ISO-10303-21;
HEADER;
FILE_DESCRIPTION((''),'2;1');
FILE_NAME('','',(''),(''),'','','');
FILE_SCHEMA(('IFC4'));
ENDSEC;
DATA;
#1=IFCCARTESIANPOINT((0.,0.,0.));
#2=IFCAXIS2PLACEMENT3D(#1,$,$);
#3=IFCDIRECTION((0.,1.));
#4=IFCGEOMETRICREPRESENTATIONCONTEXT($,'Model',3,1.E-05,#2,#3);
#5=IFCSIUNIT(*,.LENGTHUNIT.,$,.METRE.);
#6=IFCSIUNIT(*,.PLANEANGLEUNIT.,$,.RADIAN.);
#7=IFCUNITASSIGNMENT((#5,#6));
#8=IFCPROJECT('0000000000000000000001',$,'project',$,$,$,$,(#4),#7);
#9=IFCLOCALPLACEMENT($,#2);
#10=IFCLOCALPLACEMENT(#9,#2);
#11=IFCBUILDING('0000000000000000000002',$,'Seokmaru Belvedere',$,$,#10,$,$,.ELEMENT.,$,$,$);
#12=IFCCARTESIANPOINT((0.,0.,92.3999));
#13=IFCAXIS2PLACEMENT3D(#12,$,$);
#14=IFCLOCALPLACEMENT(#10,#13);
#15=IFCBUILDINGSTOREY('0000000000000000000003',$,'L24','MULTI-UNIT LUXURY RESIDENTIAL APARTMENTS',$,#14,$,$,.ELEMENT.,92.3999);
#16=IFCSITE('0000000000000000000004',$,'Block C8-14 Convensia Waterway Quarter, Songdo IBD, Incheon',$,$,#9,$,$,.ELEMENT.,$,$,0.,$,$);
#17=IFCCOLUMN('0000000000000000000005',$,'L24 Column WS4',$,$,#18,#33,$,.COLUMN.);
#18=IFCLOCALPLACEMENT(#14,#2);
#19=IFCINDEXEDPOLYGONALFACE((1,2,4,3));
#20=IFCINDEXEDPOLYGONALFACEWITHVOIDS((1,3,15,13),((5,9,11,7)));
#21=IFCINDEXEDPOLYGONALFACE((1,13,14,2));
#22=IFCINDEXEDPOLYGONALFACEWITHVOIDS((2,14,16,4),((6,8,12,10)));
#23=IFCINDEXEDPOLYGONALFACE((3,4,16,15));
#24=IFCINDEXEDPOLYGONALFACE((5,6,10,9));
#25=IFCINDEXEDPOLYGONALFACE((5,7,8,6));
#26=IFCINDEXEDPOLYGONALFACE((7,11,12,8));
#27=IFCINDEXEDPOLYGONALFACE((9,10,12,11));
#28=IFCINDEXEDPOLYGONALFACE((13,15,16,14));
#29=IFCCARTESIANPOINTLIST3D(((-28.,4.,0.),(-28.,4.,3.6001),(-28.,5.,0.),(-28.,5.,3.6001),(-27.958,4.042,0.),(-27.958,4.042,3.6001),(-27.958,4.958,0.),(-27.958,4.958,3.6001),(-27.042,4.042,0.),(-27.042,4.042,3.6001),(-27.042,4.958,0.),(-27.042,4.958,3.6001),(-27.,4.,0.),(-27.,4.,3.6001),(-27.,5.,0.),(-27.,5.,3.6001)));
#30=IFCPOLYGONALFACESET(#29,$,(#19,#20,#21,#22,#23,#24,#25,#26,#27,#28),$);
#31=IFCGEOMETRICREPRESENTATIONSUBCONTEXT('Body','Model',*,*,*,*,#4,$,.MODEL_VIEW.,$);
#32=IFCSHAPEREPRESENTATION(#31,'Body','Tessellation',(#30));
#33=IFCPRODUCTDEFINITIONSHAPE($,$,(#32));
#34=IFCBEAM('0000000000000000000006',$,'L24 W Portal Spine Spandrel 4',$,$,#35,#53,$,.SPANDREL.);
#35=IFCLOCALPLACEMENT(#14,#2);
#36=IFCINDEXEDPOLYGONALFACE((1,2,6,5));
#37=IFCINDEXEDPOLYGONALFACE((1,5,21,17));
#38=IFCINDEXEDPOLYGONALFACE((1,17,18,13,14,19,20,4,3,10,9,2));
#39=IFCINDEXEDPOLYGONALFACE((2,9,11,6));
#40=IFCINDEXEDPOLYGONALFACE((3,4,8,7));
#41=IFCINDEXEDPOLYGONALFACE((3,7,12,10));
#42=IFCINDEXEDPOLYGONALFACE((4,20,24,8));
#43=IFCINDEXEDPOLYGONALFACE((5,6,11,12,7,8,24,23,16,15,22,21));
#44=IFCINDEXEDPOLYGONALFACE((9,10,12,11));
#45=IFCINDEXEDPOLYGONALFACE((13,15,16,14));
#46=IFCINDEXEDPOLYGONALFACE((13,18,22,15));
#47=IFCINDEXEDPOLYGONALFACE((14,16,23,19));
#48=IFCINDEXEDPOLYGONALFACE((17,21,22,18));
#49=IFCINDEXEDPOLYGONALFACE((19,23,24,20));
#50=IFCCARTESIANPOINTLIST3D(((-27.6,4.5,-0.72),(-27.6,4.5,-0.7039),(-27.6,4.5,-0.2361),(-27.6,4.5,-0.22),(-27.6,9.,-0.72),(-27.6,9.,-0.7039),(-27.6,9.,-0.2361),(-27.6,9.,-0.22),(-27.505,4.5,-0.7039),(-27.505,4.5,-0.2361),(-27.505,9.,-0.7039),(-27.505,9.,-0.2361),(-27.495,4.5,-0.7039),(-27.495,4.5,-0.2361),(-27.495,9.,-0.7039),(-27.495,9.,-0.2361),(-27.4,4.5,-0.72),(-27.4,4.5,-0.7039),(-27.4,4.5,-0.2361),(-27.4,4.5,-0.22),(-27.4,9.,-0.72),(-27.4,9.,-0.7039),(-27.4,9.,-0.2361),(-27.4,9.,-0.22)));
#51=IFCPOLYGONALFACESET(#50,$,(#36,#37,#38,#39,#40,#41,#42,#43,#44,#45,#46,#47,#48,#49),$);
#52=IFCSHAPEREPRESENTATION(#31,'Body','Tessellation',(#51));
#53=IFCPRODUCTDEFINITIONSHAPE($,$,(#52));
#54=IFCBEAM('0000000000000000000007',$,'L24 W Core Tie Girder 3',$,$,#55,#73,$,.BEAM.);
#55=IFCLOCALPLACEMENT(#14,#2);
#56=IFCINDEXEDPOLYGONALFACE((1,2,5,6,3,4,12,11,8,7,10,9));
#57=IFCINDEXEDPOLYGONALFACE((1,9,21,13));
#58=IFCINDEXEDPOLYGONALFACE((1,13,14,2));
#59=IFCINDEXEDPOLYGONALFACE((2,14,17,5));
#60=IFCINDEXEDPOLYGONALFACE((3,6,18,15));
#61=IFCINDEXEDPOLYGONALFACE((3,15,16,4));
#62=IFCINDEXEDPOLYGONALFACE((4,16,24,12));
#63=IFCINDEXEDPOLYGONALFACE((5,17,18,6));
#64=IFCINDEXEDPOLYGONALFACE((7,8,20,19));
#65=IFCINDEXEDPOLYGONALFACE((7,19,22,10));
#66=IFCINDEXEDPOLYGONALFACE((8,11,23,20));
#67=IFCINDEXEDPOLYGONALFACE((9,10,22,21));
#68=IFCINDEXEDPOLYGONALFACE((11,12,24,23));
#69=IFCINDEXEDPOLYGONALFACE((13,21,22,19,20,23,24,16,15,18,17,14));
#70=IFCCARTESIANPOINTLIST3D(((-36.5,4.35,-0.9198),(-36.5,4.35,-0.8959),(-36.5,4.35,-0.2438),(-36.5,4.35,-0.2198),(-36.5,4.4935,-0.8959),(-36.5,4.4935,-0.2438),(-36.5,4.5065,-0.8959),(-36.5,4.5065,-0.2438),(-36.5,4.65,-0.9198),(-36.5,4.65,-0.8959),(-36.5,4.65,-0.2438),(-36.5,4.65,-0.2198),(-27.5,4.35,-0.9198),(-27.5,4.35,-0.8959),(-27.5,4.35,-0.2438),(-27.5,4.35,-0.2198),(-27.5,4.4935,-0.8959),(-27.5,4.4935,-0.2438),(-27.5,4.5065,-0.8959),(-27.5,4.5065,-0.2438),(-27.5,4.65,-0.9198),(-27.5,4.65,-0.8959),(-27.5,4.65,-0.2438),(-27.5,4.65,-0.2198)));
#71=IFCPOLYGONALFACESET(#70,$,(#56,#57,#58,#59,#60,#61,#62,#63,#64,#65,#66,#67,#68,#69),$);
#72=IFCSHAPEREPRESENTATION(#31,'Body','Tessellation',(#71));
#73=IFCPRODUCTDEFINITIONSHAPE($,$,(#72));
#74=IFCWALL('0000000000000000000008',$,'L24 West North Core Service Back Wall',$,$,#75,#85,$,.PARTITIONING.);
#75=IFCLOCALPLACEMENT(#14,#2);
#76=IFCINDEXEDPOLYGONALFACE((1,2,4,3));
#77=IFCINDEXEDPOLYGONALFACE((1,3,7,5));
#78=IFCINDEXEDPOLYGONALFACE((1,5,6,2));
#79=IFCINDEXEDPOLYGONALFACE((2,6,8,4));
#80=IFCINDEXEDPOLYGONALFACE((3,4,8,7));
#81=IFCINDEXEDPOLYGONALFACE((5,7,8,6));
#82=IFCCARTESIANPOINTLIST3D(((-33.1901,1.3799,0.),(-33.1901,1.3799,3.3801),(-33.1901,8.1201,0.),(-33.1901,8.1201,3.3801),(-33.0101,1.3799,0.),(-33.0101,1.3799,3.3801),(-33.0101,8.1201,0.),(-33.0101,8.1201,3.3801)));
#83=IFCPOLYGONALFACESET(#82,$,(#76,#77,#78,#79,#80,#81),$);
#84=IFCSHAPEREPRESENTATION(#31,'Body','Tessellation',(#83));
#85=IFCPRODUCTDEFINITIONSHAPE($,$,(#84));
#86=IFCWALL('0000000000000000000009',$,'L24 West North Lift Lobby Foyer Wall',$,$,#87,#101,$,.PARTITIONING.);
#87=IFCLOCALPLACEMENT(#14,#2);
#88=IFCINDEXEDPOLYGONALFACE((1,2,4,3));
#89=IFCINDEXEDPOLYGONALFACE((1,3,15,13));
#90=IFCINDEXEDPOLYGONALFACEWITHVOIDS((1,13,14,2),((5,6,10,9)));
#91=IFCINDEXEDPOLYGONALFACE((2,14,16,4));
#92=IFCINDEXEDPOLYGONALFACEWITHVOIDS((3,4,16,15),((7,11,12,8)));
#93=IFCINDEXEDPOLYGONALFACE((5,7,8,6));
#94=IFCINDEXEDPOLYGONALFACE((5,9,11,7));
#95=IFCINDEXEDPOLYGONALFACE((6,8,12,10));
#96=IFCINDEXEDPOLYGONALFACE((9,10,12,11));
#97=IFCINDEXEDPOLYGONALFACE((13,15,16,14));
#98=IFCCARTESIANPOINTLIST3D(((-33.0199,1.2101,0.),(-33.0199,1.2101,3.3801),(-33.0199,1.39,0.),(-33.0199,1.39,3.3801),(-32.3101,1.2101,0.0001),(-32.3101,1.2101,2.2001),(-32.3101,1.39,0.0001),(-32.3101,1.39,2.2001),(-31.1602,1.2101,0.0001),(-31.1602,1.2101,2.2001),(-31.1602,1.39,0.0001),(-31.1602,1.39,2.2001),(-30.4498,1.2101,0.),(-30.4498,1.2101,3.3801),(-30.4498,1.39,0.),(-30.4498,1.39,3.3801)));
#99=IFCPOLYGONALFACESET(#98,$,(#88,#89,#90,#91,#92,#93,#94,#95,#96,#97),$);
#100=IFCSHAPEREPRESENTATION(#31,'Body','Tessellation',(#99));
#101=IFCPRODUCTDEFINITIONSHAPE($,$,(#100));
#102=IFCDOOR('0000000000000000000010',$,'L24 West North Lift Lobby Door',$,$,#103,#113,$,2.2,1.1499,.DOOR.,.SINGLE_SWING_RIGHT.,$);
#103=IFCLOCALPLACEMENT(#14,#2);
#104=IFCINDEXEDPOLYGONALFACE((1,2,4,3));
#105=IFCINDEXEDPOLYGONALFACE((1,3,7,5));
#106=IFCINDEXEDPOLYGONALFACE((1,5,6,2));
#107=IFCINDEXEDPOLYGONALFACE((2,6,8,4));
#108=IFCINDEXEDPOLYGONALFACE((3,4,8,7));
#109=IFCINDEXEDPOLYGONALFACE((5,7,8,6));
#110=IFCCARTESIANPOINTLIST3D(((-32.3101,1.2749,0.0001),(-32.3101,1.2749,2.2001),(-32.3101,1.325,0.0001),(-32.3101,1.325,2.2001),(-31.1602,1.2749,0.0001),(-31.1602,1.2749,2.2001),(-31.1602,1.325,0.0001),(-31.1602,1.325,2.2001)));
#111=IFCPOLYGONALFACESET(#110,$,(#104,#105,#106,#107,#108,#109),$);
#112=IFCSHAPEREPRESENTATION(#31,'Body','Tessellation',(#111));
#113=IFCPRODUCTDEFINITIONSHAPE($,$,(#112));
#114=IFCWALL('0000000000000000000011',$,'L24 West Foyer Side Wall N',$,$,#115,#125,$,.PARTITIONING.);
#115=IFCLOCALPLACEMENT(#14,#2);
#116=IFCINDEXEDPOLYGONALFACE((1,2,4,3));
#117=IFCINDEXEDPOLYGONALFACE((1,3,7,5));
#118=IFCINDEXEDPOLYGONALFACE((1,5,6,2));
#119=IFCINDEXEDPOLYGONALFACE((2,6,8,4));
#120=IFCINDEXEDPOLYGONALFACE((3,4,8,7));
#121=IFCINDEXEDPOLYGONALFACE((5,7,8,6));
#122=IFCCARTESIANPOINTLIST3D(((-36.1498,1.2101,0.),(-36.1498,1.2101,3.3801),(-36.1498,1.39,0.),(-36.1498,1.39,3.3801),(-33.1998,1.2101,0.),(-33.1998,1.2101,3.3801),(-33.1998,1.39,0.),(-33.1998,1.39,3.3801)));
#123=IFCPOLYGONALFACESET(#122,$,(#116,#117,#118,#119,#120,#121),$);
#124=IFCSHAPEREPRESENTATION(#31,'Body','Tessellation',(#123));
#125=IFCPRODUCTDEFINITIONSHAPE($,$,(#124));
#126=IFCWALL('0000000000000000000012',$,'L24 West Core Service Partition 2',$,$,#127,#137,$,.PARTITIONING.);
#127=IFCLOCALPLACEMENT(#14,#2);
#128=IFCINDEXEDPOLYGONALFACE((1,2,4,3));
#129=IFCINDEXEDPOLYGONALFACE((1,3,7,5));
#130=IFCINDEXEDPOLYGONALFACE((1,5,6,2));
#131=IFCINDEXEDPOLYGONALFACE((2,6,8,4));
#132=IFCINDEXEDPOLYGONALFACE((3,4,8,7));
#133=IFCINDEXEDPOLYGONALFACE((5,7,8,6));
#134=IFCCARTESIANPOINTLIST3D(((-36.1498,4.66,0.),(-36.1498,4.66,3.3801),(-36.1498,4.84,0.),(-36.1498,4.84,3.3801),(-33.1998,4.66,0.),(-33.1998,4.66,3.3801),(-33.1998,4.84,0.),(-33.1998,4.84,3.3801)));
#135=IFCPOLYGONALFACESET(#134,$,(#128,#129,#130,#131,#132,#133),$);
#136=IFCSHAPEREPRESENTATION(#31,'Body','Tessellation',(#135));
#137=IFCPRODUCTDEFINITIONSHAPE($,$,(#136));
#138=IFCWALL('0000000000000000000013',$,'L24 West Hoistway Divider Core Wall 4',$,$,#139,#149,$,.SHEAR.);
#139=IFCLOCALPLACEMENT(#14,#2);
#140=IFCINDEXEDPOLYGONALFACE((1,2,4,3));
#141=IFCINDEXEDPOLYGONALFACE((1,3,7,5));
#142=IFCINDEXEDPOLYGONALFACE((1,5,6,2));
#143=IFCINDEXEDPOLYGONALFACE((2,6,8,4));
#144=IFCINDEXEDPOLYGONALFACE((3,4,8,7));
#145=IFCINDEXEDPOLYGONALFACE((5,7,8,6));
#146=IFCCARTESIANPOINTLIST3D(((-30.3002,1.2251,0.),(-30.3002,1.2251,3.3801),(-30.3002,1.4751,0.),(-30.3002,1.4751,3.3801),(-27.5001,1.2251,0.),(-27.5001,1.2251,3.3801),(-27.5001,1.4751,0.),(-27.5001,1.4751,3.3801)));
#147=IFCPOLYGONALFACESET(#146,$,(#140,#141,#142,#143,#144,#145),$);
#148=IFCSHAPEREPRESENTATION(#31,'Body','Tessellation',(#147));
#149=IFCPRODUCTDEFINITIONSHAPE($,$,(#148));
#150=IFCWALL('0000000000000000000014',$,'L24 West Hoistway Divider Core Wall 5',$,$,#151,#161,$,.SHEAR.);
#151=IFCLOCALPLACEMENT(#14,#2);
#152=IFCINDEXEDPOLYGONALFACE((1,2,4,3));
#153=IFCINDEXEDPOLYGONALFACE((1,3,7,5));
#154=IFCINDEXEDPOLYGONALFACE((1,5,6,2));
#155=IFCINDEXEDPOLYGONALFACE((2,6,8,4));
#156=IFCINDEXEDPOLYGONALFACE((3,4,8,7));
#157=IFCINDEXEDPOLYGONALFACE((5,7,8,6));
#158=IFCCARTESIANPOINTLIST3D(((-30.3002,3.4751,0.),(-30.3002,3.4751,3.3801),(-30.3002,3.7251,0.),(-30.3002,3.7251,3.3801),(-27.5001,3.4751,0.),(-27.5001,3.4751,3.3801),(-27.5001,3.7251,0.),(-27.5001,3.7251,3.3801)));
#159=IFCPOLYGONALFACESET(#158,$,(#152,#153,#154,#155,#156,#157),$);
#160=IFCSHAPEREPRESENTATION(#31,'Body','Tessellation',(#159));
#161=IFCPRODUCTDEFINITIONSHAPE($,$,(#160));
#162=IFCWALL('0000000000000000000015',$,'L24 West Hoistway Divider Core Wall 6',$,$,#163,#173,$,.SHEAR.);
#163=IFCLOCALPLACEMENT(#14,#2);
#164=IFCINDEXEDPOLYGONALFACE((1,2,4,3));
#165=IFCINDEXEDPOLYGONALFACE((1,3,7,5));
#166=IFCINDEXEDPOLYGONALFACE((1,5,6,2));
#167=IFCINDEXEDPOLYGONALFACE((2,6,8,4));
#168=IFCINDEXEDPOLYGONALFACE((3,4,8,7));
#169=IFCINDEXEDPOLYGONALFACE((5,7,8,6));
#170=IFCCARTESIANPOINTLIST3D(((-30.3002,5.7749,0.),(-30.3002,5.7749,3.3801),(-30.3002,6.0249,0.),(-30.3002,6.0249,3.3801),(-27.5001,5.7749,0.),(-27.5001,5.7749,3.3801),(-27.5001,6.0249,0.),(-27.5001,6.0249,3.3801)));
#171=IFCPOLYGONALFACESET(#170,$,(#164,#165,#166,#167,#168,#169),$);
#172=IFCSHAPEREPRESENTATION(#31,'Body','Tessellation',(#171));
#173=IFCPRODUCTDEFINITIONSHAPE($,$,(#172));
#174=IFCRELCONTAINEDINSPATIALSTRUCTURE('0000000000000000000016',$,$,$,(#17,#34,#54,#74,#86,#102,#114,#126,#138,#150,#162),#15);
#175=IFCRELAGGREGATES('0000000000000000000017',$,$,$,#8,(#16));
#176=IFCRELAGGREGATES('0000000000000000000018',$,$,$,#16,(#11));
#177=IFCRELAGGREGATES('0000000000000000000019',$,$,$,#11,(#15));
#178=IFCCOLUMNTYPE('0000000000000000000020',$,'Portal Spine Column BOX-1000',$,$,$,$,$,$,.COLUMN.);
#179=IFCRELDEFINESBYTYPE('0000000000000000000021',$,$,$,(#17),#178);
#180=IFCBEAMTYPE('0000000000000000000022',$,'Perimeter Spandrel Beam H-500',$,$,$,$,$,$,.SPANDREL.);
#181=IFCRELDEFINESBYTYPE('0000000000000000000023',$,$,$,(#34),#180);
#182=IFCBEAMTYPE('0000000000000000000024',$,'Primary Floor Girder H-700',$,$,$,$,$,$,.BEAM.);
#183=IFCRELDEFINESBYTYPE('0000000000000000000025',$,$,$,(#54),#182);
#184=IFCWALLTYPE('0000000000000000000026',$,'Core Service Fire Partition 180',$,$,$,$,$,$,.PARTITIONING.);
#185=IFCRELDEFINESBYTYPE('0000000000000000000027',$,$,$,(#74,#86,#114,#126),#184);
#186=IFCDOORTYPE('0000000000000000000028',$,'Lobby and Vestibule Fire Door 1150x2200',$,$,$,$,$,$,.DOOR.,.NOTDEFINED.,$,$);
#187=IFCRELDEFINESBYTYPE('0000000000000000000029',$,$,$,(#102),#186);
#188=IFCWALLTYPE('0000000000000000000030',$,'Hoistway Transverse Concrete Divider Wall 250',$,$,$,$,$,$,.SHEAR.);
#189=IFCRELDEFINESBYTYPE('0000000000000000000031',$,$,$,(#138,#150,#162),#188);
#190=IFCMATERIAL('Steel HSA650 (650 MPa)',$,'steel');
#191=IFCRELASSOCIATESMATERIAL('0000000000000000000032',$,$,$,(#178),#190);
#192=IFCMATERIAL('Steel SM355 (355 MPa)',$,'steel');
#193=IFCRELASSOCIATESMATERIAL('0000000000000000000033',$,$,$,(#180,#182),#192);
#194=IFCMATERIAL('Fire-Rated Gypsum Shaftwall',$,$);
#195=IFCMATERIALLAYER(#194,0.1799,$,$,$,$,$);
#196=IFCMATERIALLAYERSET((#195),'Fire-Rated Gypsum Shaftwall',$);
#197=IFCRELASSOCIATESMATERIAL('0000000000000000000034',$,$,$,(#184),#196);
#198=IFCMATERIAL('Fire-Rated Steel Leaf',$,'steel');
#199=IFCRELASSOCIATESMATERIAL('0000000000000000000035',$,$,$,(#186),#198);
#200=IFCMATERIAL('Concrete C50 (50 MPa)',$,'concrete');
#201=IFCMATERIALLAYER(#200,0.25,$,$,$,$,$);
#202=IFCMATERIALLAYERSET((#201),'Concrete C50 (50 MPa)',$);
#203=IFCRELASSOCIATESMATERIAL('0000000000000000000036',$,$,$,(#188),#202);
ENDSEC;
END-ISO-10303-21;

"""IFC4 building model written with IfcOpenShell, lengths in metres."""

from ifc_helpers import new_model, si_unit, direction, frame, frame_2d, origin, origin_2d, place, context, subcontext, project, spatial, rectangle, hollow_rectangle, i_section, extrude, source, transform, mapped, material, layer, layer_set, material_profile, profile_set, type_object, type_shapes, element, fill, save


model = new_model("IFC4")

# Units and contexts
model_context = context("Model", 3, precision=1e-05, world=origin(), true_north=direction((0.0, 1.0)))
body_context = subcontext(model_context, "Body", "Model", "MODEL_VIEW")
ifc_project = project(units=[si_unit("LENGTHUNIT", "METRE"), si_unit("PLANEANGLEUNIT", "RADIAN")], contexts=[model_context])

# Site, building, storey
site_placement = place(None, origin())
site = spatial("IfcSite", under=ifc_project, at=site_placement, Name="Block C8-14 Convensia Waterway Quarter, Songdo IBD, Incheon", CompositionType="ELEMENT", RefElevation=0.0)
building_placement = place(site_placement, origin())
building = spatial("IfcBuilding", under=site, at=building_placement, Name="Seokmaru Belvedere", CompositionType="ELEMENT")
storey_placement = place(building_placement, frame((0.0, 0.0, 92.3999)))
storey = spatial("IfcBuildingStorey", under=building, at=storey_placement, Name="L24", Description="MULTI-UNIT LUXURY RESIDENTIAL APARTMENTS", CompositionType="ELEMENT", Elevation=92.3999)

# Column
ifc_material_1 = material(Name="Steel HSA650 (650 MPa)", Category="steel")
ifc_material_profile_1 = material_profile(ifc_material_1, hollow_rectangle(XDim=1.0, YDim=1.0, WallThickness=0.042, at=origin_2d()), Name="BOX-1000x1000x42")
ifc_profile_set_1 = profile_set([ifc_material_profile_1], Name="Steel HSA650 (650 MPa)")
column_type = type_object("IfcColumnType", Name="Portal Spine Column BOX-1000", PredefinedType="COLUMN", material=ifc_profile_set_1)
shared_shape_1 = source(origin(), body_context, "Body", "SweptSolid", [
    extrude(hollow_rectangle(XDim=1.0, YDim=1.0, WallThickness=0.042, at=origin_2d()), origin(), (0.0, 0.0, 1.0), 3.6001),
])
type_shapes(column_type, [shared_shape_1])
column_placement = place(storey_placement, frame((-27.5, 4.5, 0.0), z_axis=(0.0, 0.0, 1.0), x_axis=(1.0, 0.0, 0.0)))
element("IfcColumn", 1, at=column_placement, inside=storey, type_object=column_type, Name="L24 Column WS4", PredefinedType="COLUMN", context=body_context, shape_type="MappedRepresentation", body=[
    mapped(shared_shape_1, transform((0.0, 0.0, 0.0), scale=1.0)),
])

# Beams
ifc_material_2 = material(Name="Steel SM355 (355 MPa)", Category="steel")
ifc_material_profile_2 = material_profile(ifc_material_2, i_section(OverallWidth=0.2, OverallDepth=0.5, WebThickness=0.01, FlangeThickness=0.0161, at=origin_2d()), Name="H-500x200x10x16")
ifc_profile_set_2 = profile_set([ifc_material_profile_2], Name="Steel SM355 (355 MPa)")
beam_type_1 = type_object("IfcBeamType", Name="Perimeter Spandrel Beam H-500", PredefinedType="SPANDREL", material=ifc_profile_set_2)
shared_shape_2 = source(origin(), body_context, "Body", "SweptSolid", [
    extrude(i_section(OverallWidth=0.2, OverallDepth=0.5, WebThickness=0.01, FlangeThickness=0.0161, at=origin_2d()), origin(), (0.0, 0.0, 1.0), 4.5),
])
type_shapes(beam_type_1, [shared_shape_2])
beam_1_placement = place(storey_placement, frame((-27.5, 4.5, -0.47), z_axis=(0.0, 1.0, 0.0), x_axis=(-1.0, 0.0, 0.0)))
element("IfcBeam", 2, at=beam_1_placement, inside=storey, type_object=beam_type_1, Name="L24 W Portal Spine Spandrel 4", PredefinedType="SPANDREL", context=body_context, shape_type="MappedRepresentation", body=[
    mapped(shared_shape_2, transform((0.0, 0.0, 0.0), scale=1.0)),
])
ifc_material_profile_3 = material_profile(ifc_material_2, i_section(OverallWidth=0.3, OverallDepth=0.7, WebThickness=0.0129, FlangeThickness=0.0239, at=origin_2d()), Name="H-700x300x13x24")
ifc_profile_set_3 = profile_set([ifc_material_profile_3], Name="Steel SM355 (355 MPa)")
beam_type_2 = type_object("IfcBeamType", Name="Primary Floor Girder H-700", PredefinedType="BEAM", material=ifc_profile_set_3)
shared_shape_3 = source(origin(), body_context, "Body", "SweptSolid", [
    extrude(i_section(OverallWidth=0.3, OverallDepth=0.7, WebThickness=0.0129, FlangeThickness=0.0239, at=origin_2d()), origin(), (0.0, 0.0, 1.0), 9.0),
])
type_shapes(beam_type_2, [shared_shape_3])
beam_2_placement = place(storey_placement, frame((-36.5, 4.5, -0.5698), z_axis=(1.0, 0.0, 0.0), x_axis=(0.0, 1.0, 0.0)))
element("IfcBeam", 3, at=beam_2_placement, inside=storey, type_object=beam_type_2, Name="L24 W Core Tie Girder 3", PredefinedType="BEAM", context=body_context, shape_type="MappedRepresentation", body=[
    mapped(shared_shape_3, transform((0.0, 0.0, 0.0), scale=1.0)),
])

# Wall
ifc_material_3 = material(Name="Fire-Rated Gypsum Shaftwall")
ifc_layer_1 = layer(ifc_material_3, 0.1799)
ifc_layer_set_1 = layer_set([ifc_layer_1], Name="Fire-Rated Gypsum Shaftwall")
wall_type_1 = type_object("IfcWallType", Name="Core Service Fire Partition 180", PredefinedType="PARTITIONING", material=ifc_layer_set_1)
wall_1_placement = place(storey_placement, frame((-33.1001, 1.3799, 0.0), z_axis=(0.0, 0.0, 1.0), x_axis=(0.0, 1.0, 0.0)))
element("IfcWall", 4, at=wall_1_placement, inside=storey, type_object=wall_type_1, Name="L24 West North Core Service Back Wall", PredefinedType="PARTITIONING", context=body_context, shape_type="SweptSolid", body=[
    extrude(rectangle(XDim=6.7402, YDim=0.1799, at=frame_2d((3.3701, 0.0))), origin(), (0.0, 0.0, 1.0), 3.3801),
])

# Wall, opening, door
wall_2_placement = place(storey_placement, frame((-33.02, 1.3, 0.0), z_axis=(0.0, 0.0, 1.0), x_axis=(1.0, 0.0, 0.0)))
wall_2 = element("IfcWall", 5, at=wall_2_placement, inside=storey, type_object=wall_type_1, Name="L24 West North Lift Lobby Foyer Wall", PredefinedType="PARTITIONING", context=body_context, shape_type="SweptSolid", body=[
    extrude(rectangle(XDim=2.5701, YDim=0.1799, at=frame_2d((1.2852, 0.0))), origin(), (0.0, 0.0, 1.0), 3.3801),
])
opening_1_placement = place(wall_2_placement, frame((0.71, 0.0, 0.0)))
opening_1 = element("IfcOpeningElement", 6, at=opening_1_placement, cuts=wall_2, PredefinedType="OPENING", context=body_context, shape_type="SweptSolid", body=[
    extrude(rectangle(XDim=1.1499, YDim=2.2, at=frame_2d((0.575, 1.1001))), frame((0.0, 0.1001, 0.0), z_axis=(0.0, -1.0, 0.0), x_axis=(1.0, 0.0, 0.0)), (0.0, 0.0, 1.0), 0.2),
])
ifc_material_4 = material(Name="Fire-Rated Steel Leaf", Category="steel")
door_type_1 = type_object("IfcDoorType", Name="Lobby and Vestibule Fire Door 1150x2200", OperationType="NOTDEFINED", PredefinedType="DOOR", material=ifc_material_4)
shared_shape_4 = source(origin(), body_context, "Body", "SweptSolid", [
    extrude(rectangle(XDim=1.1499, YDim=2.2, at=frame_2d((0.575, 1.1001))), frame((0.0, 0.0249, 0.0), z_axis=(0.0, -1.0, 0.0), x_axis=(1.0, 0.0, 0.0)), (0.0, 0.0, 1.0), 0.05),
])
type_shapes(door_type_1, [shared_shape_4])
door_1_placement = place(opening_1_placement, origin())
door_1 = element("IfcDoor", 7, at=door_1_placement, inside=storey, type_object=door_type_1, Name="L24 West North Lift Lobby Door", OperationType="SINGLE_SWING_RIGHT", OverallHeight=2.2, OverallWidth=1.1499, PredefinedType="DOOR", context=body_context, shape_type="MappedRepresentation", body=[
    mapped(shared_shape_4, transform((0.0, 0.0, 0.0), scale=1.0)),
])
fill(opening_1, door_1)

# Walls
for number, where, z_axis, x_axis, name in (
    (8, (-36.1499, 1.3, 0.0), (0.0, 0.0, 1.0), (1.0, 0.0, 0.0), "L24 West Foyer Side Wall N"),
    (9, (-36.1499, 4.75, 0.0), (0.0, 0.0, 1.0), (1.0, 0.0, 0.0), "L24 West Core Service Partition 2"),
):
    element("IfcWall", number, at=place(storey_placement, frame(where, z_axis=z_axis, x_axis=x_axis)), inside=storey, type_object=wall_type_1, Name=name, PredefinedType="PARTITIONING", context=body_context, shape_type="SweptSolid", body=[
        extrude(rectangle(XDim=2.95, YDim=0.1799, at=frame_2d((1.4751, 0.0))), origin(), (0.0, 0.0, 1.0), 3.3801),
    ])
ifc_material_5 = material(Name="Concrete C50 (50 MPa)", Category="concrete")
ifc_layer_2 = layer(ifc_material_5, 0.25)
ifc_layer_set_2 = layer_set([ifc_layer_2], Name="Concrete C50 (50 MPa)")
wall_type_2 = type_object("IfcWallType", Name="Hoistway Transverse Concrete Divider Wall 250", PredefinedType="SHEAR", material=ifc_layer_set_2)
for number, where, z_axis, x_axis, name in (
    (10, (-30.3, 1.3501, 0.0), (0.0, 0.0, 1.0), (1.0, 0.0, 0.0), "L24 West Hoistway Divider Core Wall 4"),
    (11, (-30.3, 3.6001, 0.0), (0.0, 0.0, 1.0), (1.0, 0.0, 0.0), "L24 West Hoistway Divider Core Wall 5"),
    (12, (-30.3, 5.8999, 0.0), (0.0, 0.0, 1.0), (1.0, 0.0, 0.0), "L24 West Hoistway Divider Core Wall 6"),
):
    element("IfcWall", number, at=place(storey_placement, frame(where, z_axis=z_axis, x_axis=x_axis)), inside=storey, type_object=wall_type_2, Name=name, PredefinedType="SHEAR", context=body_context, shape_type="SweptSolid", body=[
        extrude(rectangle(XDim=2.8, YDim=0.25, at=frame_2d((1.3999, 0.0))), origin(), (0.0, 0.0, 1.0), 3.3801),
    ])

save(model, "model.ifc")
